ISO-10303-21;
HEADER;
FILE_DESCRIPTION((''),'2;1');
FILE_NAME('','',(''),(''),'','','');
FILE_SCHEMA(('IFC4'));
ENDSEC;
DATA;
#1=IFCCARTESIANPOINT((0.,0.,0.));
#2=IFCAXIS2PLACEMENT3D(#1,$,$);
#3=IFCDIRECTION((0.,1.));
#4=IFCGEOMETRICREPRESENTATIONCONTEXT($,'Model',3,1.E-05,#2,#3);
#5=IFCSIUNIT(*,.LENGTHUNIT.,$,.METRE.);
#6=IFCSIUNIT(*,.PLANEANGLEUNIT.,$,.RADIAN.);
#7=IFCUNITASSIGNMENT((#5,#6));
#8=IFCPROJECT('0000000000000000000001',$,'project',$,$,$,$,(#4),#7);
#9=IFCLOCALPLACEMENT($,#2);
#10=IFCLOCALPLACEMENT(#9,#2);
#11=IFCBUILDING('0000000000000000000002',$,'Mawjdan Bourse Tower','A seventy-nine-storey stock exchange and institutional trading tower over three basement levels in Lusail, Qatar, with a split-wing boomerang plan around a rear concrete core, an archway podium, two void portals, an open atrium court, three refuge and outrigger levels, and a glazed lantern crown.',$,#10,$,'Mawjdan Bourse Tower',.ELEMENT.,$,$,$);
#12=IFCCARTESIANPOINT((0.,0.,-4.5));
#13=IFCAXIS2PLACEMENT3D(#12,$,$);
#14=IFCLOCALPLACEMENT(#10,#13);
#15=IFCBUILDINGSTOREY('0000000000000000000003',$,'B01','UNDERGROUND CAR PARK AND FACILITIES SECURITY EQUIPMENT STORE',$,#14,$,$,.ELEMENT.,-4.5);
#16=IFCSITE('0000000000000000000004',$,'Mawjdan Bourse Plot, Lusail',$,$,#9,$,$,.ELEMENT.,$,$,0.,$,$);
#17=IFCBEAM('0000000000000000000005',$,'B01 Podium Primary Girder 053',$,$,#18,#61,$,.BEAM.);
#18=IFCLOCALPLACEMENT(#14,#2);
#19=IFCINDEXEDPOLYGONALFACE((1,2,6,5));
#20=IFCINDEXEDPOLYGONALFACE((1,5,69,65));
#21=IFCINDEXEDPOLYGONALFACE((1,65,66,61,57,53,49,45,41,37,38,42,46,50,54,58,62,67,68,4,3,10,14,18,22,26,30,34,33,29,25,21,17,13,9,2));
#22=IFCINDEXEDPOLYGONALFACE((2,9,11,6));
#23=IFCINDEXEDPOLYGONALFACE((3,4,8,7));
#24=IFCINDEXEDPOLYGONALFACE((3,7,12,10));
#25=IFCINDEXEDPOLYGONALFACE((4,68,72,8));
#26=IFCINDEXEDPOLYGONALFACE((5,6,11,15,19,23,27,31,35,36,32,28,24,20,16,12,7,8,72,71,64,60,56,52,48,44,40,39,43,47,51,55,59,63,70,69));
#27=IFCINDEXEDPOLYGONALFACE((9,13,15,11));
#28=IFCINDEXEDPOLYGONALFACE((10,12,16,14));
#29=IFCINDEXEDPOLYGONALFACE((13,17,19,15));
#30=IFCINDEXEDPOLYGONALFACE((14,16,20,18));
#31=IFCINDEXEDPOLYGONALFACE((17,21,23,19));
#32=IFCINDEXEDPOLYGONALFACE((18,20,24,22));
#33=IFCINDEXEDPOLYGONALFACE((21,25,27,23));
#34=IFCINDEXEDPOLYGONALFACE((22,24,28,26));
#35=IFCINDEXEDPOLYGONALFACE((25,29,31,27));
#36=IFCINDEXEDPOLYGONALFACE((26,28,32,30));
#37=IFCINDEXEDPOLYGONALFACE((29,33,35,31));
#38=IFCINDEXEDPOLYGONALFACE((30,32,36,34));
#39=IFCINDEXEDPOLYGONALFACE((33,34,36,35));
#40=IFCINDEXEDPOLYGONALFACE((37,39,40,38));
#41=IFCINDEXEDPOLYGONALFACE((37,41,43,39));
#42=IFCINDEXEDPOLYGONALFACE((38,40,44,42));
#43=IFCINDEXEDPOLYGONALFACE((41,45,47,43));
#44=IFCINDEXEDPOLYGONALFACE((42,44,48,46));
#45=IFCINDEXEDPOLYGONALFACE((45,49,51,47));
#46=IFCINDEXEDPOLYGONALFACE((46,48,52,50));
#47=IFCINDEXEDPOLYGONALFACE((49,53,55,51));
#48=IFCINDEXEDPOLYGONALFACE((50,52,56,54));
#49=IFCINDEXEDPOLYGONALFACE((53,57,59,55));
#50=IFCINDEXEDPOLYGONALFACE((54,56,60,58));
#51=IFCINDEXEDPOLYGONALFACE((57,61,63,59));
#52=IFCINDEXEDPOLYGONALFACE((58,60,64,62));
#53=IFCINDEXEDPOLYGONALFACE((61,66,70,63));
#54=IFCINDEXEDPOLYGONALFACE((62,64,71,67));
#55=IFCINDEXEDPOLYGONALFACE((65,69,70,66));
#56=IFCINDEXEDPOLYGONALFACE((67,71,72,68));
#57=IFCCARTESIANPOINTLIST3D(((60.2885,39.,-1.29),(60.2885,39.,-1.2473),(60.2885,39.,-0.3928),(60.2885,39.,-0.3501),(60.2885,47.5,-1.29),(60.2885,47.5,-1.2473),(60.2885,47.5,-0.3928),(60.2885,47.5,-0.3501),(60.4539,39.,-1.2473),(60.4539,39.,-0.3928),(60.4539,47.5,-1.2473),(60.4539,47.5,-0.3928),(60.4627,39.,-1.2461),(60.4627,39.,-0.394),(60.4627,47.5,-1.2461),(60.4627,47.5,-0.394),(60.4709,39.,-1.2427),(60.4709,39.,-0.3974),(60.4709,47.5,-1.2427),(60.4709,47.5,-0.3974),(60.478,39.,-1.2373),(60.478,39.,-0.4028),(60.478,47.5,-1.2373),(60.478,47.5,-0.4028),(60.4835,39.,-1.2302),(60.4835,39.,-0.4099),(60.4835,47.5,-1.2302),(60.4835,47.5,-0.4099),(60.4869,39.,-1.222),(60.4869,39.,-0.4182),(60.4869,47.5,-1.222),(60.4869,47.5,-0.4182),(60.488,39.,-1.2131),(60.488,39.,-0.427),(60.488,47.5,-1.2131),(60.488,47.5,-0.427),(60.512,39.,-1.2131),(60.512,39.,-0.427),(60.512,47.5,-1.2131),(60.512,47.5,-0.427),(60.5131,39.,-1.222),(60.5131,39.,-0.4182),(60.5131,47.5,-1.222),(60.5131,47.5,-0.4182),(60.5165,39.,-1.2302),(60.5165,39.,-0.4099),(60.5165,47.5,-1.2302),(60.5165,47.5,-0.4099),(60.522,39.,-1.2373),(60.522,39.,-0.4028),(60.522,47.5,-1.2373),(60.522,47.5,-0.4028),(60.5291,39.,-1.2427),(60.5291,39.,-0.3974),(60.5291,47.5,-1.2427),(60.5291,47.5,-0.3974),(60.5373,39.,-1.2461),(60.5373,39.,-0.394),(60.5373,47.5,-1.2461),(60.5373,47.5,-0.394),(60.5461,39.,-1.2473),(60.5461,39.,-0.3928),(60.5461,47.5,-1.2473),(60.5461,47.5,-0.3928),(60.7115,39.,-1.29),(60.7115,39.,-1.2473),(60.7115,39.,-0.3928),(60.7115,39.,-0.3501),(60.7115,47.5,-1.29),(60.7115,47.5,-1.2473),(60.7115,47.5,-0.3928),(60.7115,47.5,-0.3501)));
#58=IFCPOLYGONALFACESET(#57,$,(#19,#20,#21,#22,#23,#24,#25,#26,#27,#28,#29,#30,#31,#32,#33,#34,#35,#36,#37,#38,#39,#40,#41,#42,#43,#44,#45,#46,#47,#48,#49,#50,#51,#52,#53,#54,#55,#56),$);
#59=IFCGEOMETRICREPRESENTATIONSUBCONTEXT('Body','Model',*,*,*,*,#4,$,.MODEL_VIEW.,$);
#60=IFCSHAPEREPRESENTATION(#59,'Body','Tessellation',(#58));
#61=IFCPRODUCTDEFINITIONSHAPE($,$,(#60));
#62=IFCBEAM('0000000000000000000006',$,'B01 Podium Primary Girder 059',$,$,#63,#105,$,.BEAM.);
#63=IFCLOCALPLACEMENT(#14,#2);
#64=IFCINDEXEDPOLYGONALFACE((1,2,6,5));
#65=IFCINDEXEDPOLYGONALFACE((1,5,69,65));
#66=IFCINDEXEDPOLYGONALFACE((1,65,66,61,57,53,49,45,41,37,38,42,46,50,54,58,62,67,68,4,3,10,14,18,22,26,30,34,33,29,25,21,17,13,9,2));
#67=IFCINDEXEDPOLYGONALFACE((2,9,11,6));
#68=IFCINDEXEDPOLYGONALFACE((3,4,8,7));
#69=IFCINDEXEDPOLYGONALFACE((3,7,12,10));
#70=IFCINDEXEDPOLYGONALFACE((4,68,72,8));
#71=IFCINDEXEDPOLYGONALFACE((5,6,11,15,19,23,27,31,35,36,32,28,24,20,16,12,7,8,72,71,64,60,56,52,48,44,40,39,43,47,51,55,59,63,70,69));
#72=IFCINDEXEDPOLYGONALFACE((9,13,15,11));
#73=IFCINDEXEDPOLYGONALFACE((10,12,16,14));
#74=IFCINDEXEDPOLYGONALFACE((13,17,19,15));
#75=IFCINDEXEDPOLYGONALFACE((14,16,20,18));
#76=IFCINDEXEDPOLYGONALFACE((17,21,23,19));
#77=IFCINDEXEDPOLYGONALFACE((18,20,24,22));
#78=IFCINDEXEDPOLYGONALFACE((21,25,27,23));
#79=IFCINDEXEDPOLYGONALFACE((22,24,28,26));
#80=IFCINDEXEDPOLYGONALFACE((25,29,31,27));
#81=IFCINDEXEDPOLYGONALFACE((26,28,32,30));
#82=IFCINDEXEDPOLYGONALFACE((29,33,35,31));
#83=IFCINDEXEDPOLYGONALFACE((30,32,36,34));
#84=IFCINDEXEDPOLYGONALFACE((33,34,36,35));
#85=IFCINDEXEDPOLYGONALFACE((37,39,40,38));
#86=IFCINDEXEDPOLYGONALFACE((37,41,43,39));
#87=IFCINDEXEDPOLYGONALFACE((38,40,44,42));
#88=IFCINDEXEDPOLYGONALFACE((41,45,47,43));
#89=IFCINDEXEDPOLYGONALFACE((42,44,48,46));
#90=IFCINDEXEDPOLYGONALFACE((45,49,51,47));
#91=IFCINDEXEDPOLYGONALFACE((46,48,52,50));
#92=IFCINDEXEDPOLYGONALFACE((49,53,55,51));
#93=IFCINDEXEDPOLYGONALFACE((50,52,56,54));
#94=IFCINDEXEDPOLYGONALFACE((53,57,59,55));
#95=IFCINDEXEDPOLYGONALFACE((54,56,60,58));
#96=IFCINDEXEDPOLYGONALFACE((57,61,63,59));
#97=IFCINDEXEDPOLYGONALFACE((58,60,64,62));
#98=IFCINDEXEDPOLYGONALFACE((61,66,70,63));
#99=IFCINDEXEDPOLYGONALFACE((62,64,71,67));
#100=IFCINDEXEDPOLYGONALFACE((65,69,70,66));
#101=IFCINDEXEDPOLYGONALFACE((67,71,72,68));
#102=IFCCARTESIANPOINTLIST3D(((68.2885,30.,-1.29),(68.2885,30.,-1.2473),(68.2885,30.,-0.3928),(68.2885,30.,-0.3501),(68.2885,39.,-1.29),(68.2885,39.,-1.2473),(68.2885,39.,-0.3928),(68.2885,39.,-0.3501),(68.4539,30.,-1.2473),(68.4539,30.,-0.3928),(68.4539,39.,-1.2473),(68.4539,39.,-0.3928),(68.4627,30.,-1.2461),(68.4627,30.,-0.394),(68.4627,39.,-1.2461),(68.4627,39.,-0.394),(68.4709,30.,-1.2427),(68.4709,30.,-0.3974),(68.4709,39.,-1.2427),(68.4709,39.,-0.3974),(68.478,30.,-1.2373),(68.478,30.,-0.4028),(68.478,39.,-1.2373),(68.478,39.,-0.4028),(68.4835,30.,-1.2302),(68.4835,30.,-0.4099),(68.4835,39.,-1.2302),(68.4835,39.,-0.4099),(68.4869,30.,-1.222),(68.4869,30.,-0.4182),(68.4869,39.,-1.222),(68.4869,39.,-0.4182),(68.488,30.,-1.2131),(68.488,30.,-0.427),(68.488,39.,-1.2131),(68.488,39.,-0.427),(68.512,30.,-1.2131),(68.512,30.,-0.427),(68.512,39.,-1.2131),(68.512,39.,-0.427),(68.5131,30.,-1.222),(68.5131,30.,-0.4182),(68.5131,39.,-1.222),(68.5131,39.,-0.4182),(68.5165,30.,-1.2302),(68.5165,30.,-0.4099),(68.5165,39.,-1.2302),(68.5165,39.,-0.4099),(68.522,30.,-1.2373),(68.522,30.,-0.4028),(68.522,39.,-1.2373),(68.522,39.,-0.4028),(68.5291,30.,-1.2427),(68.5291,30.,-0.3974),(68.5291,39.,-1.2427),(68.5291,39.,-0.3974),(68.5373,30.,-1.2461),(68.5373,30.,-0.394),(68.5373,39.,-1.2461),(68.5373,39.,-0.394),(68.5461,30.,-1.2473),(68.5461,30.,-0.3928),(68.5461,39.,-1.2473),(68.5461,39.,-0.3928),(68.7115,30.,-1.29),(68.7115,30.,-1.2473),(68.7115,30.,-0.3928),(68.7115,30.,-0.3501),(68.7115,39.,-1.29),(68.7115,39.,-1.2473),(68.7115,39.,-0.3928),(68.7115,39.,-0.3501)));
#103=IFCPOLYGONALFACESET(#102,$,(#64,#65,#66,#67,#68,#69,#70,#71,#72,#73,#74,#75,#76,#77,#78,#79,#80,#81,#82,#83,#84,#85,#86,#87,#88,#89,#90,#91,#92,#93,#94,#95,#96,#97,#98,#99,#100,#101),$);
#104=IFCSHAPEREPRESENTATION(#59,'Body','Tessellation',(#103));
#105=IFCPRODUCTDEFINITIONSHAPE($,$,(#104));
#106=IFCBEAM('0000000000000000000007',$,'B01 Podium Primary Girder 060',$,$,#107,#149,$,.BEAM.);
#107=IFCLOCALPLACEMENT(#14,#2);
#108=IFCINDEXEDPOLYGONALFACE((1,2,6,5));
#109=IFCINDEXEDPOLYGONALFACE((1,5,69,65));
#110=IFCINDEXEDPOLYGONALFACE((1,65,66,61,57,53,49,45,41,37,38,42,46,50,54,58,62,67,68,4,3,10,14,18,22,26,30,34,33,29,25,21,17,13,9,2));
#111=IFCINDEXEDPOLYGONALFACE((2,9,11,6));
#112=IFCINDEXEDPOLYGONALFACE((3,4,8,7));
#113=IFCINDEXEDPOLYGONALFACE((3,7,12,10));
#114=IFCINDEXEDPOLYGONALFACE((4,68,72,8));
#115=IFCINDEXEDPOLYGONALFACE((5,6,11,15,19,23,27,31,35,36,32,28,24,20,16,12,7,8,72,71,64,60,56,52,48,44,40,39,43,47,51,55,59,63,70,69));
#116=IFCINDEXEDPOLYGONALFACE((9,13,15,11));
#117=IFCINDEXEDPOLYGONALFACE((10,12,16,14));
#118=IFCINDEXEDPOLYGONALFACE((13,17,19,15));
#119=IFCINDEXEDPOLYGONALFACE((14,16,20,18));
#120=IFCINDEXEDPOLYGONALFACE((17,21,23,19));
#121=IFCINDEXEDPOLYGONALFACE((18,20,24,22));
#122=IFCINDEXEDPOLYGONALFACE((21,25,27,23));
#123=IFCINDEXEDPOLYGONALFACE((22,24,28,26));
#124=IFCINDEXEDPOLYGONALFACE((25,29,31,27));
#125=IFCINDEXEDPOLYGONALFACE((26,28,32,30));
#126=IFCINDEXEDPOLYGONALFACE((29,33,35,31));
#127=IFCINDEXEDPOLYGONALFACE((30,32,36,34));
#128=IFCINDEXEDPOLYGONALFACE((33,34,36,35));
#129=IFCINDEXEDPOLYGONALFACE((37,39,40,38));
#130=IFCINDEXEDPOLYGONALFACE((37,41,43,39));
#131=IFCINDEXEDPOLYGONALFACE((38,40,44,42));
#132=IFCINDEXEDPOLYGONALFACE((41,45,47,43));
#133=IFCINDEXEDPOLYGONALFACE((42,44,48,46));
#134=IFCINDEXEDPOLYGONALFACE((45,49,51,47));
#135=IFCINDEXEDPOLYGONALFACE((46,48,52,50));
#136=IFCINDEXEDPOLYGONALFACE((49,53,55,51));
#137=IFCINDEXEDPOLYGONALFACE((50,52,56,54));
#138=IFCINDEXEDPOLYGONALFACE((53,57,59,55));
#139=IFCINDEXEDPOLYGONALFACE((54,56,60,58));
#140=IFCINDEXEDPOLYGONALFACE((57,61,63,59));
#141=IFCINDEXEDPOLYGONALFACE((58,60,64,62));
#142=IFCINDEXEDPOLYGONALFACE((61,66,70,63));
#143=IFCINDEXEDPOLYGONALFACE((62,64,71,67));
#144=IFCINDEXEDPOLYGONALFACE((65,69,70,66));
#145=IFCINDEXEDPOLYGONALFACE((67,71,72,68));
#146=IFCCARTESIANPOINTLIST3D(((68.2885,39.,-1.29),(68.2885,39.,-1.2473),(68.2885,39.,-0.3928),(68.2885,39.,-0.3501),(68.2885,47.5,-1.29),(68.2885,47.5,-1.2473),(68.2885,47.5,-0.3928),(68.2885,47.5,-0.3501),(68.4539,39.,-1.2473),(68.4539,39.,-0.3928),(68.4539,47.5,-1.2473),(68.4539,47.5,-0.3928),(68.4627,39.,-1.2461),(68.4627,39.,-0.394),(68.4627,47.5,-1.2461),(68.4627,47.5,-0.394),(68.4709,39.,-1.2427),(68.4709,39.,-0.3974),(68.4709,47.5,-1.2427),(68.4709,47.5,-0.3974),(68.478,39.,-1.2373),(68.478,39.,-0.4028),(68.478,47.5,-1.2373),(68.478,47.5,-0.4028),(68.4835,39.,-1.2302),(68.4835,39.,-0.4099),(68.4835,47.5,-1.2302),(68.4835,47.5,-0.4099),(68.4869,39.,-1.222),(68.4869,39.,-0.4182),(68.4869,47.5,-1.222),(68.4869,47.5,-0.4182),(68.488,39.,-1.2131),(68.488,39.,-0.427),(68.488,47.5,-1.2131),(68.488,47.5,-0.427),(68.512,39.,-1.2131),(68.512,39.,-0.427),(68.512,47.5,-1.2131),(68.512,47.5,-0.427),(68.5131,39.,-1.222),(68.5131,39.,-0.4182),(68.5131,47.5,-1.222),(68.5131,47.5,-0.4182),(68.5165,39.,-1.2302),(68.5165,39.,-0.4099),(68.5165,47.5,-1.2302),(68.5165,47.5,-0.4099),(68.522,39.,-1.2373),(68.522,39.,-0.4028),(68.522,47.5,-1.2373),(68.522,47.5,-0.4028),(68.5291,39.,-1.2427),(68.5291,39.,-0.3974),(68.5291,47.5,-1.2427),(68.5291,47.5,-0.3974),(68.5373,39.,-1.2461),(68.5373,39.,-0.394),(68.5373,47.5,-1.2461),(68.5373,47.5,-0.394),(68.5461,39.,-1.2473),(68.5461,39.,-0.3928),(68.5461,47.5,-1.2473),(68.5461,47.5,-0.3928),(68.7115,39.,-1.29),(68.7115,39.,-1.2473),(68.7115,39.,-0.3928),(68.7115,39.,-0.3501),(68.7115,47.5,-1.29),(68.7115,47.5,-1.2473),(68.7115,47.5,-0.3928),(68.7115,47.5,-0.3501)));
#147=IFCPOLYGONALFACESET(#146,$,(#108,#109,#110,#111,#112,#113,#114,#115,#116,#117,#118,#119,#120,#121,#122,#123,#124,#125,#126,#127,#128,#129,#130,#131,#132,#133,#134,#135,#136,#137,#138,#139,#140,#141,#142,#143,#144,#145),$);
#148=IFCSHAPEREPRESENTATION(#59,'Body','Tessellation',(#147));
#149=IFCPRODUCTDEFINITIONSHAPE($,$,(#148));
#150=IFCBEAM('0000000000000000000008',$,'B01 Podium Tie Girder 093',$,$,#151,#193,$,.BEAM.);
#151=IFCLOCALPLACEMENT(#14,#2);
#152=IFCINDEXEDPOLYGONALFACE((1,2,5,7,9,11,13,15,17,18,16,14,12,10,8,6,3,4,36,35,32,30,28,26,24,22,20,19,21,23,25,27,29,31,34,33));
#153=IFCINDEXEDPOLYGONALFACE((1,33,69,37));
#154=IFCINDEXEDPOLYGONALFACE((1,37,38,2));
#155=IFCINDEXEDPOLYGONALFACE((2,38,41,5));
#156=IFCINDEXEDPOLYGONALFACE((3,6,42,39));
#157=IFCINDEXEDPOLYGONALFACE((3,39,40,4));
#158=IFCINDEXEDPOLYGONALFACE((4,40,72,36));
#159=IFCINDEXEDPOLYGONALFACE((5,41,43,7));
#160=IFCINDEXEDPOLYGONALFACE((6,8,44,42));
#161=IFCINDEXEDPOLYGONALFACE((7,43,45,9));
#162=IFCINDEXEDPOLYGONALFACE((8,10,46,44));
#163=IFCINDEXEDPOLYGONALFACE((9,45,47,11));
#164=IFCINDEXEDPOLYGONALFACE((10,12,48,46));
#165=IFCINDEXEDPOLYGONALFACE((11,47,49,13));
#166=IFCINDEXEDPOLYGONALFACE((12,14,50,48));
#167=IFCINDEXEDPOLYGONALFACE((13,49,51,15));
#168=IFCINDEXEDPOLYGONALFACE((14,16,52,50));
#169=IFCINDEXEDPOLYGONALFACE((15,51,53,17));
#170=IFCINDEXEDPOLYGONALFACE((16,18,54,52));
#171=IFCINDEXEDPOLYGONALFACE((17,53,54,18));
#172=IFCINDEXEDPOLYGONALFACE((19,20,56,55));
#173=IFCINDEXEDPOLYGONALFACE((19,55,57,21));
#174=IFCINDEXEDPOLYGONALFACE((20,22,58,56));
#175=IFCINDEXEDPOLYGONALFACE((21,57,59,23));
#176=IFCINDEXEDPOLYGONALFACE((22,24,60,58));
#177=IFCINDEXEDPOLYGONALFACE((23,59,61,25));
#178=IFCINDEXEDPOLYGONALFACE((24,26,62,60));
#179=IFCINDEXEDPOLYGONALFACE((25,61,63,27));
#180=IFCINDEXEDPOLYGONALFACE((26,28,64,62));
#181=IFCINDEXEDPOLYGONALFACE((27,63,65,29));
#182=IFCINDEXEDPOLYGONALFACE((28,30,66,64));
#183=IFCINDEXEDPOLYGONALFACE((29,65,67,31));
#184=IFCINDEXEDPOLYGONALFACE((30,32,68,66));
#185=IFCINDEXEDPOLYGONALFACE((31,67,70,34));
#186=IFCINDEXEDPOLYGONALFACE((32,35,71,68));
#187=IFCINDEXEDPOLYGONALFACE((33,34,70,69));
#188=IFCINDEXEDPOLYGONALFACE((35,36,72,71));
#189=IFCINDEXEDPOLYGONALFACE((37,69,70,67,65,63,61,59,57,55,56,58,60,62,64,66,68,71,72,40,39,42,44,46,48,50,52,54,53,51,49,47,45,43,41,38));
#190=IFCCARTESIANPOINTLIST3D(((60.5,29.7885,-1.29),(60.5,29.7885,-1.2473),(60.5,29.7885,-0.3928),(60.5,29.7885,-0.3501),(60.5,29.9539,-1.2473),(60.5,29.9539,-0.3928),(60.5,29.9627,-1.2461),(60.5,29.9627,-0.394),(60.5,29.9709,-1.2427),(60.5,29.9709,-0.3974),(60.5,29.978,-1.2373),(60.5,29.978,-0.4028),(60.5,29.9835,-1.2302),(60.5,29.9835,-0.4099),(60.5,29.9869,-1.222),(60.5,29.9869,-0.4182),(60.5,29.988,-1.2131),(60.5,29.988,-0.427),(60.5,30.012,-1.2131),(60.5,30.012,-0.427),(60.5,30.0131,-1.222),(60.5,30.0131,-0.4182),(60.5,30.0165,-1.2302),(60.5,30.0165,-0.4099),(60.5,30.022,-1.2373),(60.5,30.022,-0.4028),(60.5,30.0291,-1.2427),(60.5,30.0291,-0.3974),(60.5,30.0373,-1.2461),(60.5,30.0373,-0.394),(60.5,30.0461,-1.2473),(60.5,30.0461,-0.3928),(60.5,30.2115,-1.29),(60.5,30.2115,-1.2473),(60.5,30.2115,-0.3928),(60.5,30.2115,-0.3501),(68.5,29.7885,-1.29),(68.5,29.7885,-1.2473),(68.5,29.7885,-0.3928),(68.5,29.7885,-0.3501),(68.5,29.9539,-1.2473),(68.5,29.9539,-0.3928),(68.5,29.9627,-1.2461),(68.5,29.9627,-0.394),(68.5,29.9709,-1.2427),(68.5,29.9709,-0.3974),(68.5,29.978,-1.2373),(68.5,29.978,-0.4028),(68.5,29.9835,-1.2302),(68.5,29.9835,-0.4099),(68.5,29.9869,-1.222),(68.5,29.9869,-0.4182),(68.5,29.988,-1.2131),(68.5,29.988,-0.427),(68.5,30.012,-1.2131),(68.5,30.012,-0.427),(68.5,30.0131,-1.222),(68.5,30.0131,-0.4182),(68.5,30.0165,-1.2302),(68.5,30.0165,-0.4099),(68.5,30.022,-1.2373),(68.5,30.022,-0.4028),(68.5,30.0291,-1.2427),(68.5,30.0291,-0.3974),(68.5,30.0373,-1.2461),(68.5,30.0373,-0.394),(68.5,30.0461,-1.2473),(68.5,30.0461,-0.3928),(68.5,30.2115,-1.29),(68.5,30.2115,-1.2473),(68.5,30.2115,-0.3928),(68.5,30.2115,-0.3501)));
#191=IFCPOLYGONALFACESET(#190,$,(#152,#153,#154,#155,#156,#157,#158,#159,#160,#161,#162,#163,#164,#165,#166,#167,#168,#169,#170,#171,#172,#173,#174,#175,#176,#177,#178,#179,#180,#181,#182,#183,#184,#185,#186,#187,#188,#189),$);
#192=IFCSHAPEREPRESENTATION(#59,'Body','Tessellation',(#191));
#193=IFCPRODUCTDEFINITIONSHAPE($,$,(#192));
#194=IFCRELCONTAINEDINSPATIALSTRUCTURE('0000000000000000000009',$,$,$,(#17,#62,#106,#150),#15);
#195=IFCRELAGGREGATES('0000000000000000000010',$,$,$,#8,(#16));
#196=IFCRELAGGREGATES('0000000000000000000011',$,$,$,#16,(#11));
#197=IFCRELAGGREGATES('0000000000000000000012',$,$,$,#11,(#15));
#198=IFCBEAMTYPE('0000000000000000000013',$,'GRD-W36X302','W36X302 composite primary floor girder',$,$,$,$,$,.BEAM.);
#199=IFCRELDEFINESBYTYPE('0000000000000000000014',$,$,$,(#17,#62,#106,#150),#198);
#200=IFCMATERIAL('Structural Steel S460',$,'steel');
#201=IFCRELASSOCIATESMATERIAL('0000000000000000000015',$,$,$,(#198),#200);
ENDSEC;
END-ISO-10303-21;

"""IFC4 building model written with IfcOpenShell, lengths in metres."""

from ifc_helpers import new_model, si_unit, direction, frame, origin, origin_2d, place, context, subcontext, project, spatial, i_section, extrude, material, material_profile, profile_set, type_object, element, save


model = new_model("IFC4")

# Units and contexts
model_context = context("Model", 3, precision=1e-05, world=origin(), true_north=direction((0.0, 1.0)))
body_context = subcontext(model_context, "Body", "Model", "MODEL_VIEW")
ifc_project = project(units=[si_unit("LENGTHUNIT", "METRE"), si_unit("PLANEANGLEUNIT", "RADIAN")], contexts=[model_context])

# Site, building, storey
site_placement = place(None, origin())
site = spatial("IfcSite", under=ifc_project, at=site_placement, Name="Mawjdan Bourse Plot, Lusail", CompositionType="ELEMENT", RefElevation=0.0)
building_placement = place(site_placement, origin())
building = spatial("IfcBuilding", under=site, at=building_placement, Name="Mawjdan Bourse Tower", Description="A seventy-nine-storey stock exchange and institutional trading tower over three basement levels in Lusail, Qatar, with a split-wing boomerang plan around a rear concrete core, an archway podium, two void portals, an open atrium court, three refuge and outrigger levels, and a glazed lantern crown.", LongName="Mawjdan Bourse Tower", CompositionType="ELEMENT")
storey_placement = place(building_placement, frame((0.0, 0.0, -4.5)))
storey = spatial("IfcBuildingStorey", under=building, at=storey_placement, Name="B01", Description="UNDERGROUND CAR PARK AND FACILITIES SECURITY EQUIPMENT STORE", CompositionType="ELEMENT", Elevation=-4.5)

# Beams
ifc_material_1 = material(Name="Structural Steel S460", Category="steel")
ifc_material_profile_1 = material_profile(ifc_material_1, i_section(OverallWidth=0.4231, OverallDepth=0.9399, WebThickness=0.0239, FlangeThickness=0.0427, FilletRadius=0.0342, at=origin_2d()), Name="W36X302")
ifc_profile_set_1 = profile_set([ifc_material_profile_1], Name="Structural Steel S460")
beam_type_1 = type_object("IfcBeamType", Name="GRD-W36X302", Description="W36X302 composite primary floor girder", PredefinedType="BEAM", material=ifc_profile_set_1)
beam_1_placement = place(storey_placement, frame((60.5, 39.0, -0.8201), z_axis=(0.0, 1.0, 0.0), x_axis=(-1.0, 0.0, 0.0)))
element("IfcBeam", 1, at=beam_1_placement, inside=storey, type_object=beam_type_1, Name="B01 Podium Primary Girder 053", PredefinedType="BEAM", context=body_context, shape_type="SweptSolid", body=[
    extrude(i_section(OverallWidth=0.4231, OverallDepth=0.9399, WebThickness=0.0239, FlangeThickness=0.0427, FilletRadius=0.0342, at=origin_2d()), origin(), (0.0, 0.0, 1.0), 8.5),
])
beam_2_placement = place(storey_placement, frame((68.5, 30.0, -0.8201), z_axis=(0.0, 1.0, 0.0), x_axis=(-1.0, 0.0, 0.0)))
element("IfcBeam", 2, at=beam_2_placement, inside=storey, type_object=beam_type_1, Name="B01 Podium Primary Girder 059", PredefinedType="BEAM", context=body_context, shape_type="SweptSolid", body=[
    extrude(i_section(OverallWidth=0.4231, OverallDepth=0.9399, WebThickness=0.0239, FlangeThickness=0.0427, FilletRadius=0.0342, at=origin_2d()), origin(), (0.0, 0.0, 1.0), 9.0),
])
beam_3_placement = place(storey_placement, frame((68.5, 39.0, -0.8201), z_axis=(0.0, 1.0, 0.0), x_axis=(-1.0, 0.0, 0.0)))
element("IfcBeam", 3, at=beam_3_placement, inside=storey, type_object=beam_type_1, Name="B01 Podium Primary Girder 060", PredefinedType="BEAM", context=body_context, shape_type="SweptSolid", body=[
    extrude(i_section(OverallWidth=0.4231, OverallDepth=0.9399, WebThickness=0.0239, FlangeThickness=0.0427, FilletRadius=0.0342, at=origin_2d()), origin(), (0.0, 0.0, 1.0), 8.5),
])
beam_4_placement = place(storey_placement, frame((60.5, 30.0, -0.8201), z_axis=(1.0, 0.0, 0.0), x_axis=(0.0, 1.0, 0.0)))
element("IfcBeam", 4, at=beam_4_placement, inside=storey, type_object=beam_type_1, Name="B01 Podium Tie Girder 093", PredefinedType="BEAM", context=body_context, shape_type="SweptSolid", body=[
    extrude(i_section(OverallWidth=0.4231, OverallDepth=0.9399, WebThickness=0.0239, FlangeThickness=0.0427, FilletRadius=0.0342, at=origin_2d()), origin(), (0.0, 0.0, 1.0), 8.0),
])

save(model, "model.ifc")
